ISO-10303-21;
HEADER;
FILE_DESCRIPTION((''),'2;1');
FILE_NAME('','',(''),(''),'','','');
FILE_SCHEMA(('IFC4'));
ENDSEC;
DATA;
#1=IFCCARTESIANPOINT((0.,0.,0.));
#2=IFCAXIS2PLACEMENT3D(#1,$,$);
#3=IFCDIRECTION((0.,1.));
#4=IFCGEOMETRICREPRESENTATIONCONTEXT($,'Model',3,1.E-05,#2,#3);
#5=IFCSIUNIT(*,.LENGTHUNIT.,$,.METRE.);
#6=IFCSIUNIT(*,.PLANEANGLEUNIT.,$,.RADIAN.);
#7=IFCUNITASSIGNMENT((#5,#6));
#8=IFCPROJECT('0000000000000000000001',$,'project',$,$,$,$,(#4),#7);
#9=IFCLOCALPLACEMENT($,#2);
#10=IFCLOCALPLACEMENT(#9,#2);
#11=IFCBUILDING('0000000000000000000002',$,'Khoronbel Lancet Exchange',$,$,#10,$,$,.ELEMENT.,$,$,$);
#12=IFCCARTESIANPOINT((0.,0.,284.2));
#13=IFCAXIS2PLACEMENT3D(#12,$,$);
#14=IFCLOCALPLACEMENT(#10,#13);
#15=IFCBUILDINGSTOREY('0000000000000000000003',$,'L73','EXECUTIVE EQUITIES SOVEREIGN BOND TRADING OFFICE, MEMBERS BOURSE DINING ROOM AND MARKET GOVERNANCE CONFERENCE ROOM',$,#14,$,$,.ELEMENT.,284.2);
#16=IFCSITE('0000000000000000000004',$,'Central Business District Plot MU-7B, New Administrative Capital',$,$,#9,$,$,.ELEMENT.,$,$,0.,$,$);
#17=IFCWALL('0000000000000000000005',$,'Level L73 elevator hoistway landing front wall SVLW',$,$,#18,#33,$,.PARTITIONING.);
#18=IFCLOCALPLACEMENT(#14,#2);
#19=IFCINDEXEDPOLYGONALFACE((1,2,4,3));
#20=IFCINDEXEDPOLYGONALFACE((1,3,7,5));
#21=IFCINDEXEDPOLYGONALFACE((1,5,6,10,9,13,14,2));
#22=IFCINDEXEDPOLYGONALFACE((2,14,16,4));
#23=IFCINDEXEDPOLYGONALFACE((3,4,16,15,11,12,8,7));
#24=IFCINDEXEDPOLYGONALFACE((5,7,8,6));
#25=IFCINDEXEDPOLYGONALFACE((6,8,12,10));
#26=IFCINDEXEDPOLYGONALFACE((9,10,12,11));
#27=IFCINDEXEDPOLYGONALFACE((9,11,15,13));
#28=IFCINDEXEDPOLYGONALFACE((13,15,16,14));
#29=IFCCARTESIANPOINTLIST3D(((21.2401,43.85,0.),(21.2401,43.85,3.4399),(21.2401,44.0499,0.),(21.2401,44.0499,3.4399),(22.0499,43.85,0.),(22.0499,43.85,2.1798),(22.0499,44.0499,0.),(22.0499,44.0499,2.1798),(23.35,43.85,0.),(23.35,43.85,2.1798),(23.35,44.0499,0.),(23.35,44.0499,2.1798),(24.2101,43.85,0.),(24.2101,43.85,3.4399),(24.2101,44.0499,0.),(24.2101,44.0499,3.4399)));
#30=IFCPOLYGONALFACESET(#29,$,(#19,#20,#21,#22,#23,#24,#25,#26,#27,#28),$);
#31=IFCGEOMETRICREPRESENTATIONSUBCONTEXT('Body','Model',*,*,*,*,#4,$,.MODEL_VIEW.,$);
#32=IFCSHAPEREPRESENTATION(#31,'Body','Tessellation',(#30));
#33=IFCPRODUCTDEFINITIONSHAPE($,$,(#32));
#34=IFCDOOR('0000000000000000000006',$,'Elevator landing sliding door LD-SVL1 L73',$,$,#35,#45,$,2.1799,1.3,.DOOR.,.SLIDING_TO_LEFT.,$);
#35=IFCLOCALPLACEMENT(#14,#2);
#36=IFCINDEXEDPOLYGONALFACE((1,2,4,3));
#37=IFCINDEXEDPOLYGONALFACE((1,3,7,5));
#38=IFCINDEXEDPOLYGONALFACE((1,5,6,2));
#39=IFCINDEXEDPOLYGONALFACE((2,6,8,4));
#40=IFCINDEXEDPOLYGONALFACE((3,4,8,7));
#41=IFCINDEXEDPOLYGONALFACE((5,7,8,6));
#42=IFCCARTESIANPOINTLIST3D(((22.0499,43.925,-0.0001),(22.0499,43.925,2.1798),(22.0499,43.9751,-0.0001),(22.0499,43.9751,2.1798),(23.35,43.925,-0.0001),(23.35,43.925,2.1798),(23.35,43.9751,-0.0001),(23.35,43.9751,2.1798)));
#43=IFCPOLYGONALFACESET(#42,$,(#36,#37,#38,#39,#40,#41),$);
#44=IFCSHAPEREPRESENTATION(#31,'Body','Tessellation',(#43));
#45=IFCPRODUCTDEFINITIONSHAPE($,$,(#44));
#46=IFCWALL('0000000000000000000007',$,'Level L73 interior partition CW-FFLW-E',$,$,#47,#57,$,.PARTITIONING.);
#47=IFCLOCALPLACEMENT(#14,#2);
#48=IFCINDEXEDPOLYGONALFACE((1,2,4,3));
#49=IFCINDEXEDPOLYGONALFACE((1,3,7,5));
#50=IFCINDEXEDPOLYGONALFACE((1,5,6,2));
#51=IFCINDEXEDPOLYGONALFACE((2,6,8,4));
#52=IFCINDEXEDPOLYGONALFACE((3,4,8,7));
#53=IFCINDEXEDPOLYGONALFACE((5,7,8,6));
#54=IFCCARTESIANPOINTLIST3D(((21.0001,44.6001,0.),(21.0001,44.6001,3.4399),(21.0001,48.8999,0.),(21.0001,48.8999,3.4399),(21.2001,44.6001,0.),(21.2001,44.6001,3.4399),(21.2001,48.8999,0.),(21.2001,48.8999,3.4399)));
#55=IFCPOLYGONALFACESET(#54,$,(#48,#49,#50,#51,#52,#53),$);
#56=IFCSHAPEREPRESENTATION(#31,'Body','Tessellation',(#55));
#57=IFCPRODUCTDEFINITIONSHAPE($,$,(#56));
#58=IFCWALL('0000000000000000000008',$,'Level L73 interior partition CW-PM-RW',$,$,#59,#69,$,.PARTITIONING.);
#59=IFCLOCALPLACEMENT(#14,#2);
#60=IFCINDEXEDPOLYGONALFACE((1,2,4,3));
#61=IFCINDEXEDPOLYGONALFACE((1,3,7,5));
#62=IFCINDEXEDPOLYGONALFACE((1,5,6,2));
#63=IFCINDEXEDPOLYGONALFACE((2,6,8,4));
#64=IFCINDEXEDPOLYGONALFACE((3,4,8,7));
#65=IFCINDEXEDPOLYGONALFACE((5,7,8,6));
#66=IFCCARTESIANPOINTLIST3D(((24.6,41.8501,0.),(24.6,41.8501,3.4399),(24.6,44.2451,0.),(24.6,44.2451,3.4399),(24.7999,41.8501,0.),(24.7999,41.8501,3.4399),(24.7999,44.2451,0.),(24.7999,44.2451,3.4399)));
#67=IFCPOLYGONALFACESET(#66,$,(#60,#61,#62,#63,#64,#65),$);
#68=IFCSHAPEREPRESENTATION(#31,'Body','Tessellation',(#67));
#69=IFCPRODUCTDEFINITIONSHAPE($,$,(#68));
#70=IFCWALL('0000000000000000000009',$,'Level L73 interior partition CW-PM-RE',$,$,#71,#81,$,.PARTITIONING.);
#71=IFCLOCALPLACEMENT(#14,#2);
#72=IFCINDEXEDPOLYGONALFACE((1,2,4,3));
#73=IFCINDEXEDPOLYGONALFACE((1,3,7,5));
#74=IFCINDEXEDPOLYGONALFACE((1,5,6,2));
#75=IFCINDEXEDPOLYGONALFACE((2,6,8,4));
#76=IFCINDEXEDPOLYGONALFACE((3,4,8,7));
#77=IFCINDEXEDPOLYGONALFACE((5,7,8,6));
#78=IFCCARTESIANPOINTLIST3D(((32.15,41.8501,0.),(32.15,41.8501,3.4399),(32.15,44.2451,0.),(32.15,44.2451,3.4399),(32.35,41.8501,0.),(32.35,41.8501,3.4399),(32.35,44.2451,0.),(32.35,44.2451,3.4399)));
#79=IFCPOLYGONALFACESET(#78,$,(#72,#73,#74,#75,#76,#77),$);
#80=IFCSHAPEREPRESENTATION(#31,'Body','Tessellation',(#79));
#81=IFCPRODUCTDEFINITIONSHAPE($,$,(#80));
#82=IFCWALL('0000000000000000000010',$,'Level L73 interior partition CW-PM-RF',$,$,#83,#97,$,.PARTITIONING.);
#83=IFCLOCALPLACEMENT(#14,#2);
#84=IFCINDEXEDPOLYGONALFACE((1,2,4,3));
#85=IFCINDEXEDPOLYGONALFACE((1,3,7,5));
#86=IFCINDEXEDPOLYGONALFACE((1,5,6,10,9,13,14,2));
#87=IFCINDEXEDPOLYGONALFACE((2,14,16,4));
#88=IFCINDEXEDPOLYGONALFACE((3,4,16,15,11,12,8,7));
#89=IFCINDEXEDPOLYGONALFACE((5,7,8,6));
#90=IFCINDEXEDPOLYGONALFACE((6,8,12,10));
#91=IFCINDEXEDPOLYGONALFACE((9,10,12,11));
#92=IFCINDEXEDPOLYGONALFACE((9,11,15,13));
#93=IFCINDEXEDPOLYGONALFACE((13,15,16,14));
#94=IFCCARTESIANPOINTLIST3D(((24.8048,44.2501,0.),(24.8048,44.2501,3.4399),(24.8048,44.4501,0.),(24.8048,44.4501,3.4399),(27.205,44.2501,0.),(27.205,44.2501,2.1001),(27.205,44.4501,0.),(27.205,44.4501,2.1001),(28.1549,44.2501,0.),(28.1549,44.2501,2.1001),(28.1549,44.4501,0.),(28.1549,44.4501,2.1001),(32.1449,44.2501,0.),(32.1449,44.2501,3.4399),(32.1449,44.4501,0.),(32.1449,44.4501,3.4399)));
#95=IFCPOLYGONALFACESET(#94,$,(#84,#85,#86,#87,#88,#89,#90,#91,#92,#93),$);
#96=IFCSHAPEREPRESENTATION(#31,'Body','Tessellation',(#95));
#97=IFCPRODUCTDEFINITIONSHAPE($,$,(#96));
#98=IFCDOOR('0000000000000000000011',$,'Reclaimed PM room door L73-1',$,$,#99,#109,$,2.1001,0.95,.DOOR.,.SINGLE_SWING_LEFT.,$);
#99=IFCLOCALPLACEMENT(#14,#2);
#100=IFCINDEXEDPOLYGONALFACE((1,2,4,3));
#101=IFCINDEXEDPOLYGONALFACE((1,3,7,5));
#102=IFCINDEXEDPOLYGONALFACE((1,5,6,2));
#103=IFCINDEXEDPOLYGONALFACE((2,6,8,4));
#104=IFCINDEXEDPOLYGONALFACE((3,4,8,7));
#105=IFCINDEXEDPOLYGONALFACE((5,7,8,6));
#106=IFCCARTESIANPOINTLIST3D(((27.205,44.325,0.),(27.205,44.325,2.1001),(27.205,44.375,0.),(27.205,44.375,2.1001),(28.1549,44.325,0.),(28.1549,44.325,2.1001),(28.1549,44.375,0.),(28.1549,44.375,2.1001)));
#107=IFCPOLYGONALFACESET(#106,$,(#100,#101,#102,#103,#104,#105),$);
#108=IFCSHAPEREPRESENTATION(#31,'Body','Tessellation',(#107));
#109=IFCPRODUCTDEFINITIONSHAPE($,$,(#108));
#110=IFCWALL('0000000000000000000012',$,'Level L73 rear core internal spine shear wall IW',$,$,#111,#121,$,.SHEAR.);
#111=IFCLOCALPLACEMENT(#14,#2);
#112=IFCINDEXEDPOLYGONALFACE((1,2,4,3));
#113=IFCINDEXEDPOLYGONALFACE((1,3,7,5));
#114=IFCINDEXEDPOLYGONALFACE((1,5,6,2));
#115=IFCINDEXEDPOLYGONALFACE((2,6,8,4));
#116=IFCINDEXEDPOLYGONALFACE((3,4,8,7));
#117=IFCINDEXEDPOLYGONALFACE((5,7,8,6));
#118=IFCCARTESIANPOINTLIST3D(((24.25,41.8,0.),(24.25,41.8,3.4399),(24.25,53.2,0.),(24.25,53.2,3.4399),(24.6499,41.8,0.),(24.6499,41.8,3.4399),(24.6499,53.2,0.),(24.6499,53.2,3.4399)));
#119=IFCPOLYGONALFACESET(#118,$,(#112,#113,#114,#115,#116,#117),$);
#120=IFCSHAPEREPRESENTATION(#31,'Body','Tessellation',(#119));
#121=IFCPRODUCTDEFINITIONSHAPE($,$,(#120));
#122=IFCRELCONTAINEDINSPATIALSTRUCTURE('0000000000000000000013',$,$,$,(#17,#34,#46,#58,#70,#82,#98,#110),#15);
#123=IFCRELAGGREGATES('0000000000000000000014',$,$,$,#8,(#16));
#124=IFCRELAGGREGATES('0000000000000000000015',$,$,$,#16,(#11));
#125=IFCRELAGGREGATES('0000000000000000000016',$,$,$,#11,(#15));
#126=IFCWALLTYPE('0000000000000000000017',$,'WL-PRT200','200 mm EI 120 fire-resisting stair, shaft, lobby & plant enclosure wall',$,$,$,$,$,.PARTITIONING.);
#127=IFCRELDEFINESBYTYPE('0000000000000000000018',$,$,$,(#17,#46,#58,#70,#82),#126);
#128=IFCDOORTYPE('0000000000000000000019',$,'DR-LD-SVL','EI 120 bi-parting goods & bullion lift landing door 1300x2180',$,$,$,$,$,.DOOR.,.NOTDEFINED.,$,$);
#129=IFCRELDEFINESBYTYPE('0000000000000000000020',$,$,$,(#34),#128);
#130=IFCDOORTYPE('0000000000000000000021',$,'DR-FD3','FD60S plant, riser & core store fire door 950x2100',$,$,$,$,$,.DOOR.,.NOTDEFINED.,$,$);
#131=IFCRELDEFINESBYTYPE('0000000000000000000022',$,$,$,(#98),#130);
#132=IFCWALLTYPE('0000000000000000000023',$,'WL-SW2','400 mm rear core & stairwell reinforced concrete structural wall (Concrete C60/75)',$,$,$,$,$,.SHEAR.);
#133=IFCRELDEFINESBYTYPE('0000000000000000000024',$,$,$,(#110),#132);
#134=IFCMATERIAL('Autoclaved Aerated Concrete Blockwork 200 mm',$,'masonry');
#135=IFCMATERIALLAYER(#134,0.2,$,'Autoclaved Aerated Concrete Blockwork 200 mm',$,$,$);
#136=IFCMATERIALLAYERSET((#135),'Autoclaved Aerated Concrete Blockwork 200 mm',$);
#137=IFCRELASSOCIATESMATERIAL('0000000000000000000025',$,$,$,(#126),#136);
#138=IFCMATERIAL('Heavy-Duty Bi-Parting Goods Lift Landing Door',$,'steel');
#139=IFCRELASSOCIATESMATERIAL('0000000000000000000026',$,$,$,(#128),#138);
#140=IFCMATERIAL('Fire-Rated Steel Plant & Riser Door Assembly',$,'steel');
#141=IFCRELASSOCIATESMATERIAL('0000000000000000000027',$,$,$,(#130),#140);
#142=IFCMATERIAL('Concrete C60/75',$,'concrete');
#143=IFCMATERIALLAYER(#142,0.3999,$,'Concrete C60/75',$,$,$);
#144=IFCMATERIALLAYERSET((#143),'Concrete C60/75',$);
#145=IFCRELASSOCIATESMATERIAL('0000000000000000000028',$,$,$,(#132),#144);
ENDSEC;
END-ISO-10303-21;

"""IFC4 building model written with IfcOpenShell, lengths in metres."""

from ifc_helpers import new_model, si_unit, direction, frame, frame_2d, origin, place, context, subcontext, project, spatial, rectangle, extrude, material, layer, layer_set, type_object, element, fill, save


model = new_model("IFC4")

# Units and contexts
model_context = context("Model", 3, precision=1e-05, world=origin(), true_north=direction((0.0, 1.0)))
body_context = subcontext(model_context, "Body", "Model", "MODEL_VIEW")
ifc_project = project(units=[si_unit("LENGTHUNIT", "METRE"), si_unit("PLANEANGLEUNIT", "RADIAN")], contexts=[model_context])

# Site, building, storey
site_placement = place(None, origin())
site = spatial("IfcSite", under=ifc_project, at=site_placement, Name="Central Business District Plot MU-7B, New Administrative Capital", CompositionType="ELEMENT", RefElevation=0.0)
building_placement = place(site_placement, origin())
building = spatial("IfcBuilding", under=site, at=building_placement, Name="Khoronbel Lancet Exchange", CompositionType="ELEMENT")
storey_placement = place(building_placement, frame((0.0, 0.0, 284.2)))
storey = spatial("IfcBuildingStorey", under=building, at=storey_placement, Name="L73", Description="EXECUTIVE EQUITIES SOVEREIGN BOND TRADING OFFICE, MEMBERS BOURSE DINING ROOM AND MARKET GOVERNANCE CONFERENCE ROOM", CompositionType="ELEMENT", Elevation=284.2)

# Shared definitions
ifc_material_1 = material(Name="Concrete C60/75", Category="concrete")

# Wall, opening, door
ifc_material_2 = material(Name="Autoclaved Aerated Concrete Blockwork 200 mm", Category="masonry")
ifc_layer_1 = layer(ifc_material_2, 0.2, Name="Autoclaved Aerated Concrete Blockwork 200 mm")
ifc_layer_set_1 = layer_set([ifc_layer_1], Name="Autoclaved Aerated Concrete Blockwork 200 mm")
wall_type_1 = type_object("IfcWallType", Name="WL-PRT200", Description="200 mm EI 120 fire-resisting stair, shaft, lobby & plant enclosure wall", PredefinedType="PARTITIONING", material=ifc_layer_set_1)
wall_1_placement = place(storey_placement, frame((24.21, 43.95, 0.0), z_axis=(0.0, 0.0, 1.0), x_axis=(-1.0, 0.0, 0.0)))
wall_1 = element("IfcWall", 1, at=wall_1_placement, inside=storey, type_object=wall_type_1, Name="Level L73 elevator hoistway landing front wall SVLW", PredefinedType="PARTITIONING", context=body_context, shape_type="SweptSolid", body=[
    extrude(rectangle(XDim=2.97, YDim=0.2, at=frame_2d((1.4849, 0.0))), origin(), (0.0, 0.0, 1.0), 3.4399),
])
opening_1_placement = place(wall_1_placement, frame((0.8601, 0.0, 0.0)))
opening_1 = element("IfcOpeningElement", 2, at=opening_1_placement, cuts=wall_1, PredefinedType="OPENING", context=body_context, shape_type="SweptSolid", body=[
    extrude(rectangle(XDim=1.3, YDim=2.1799, at=frame_2d((0.6499, 1.0898))), frame((0.0, 0.1099, 0.0), z_axis=(0.0, -1.0, 0.0), x_axis=(1.0, 0.0, 0.0)), (0.0, 0.0, 1.0), 0.22),
])
ifc_material_3 = material(Name="Heavy-Duty Bi-Parting Goods Lift Landing Door", Category="steel")
door_type_1 = type_object("IfcDoorType", Name="DR-LD-SVL", Description="EI 120 bi-parting goods & bullion lift landing door 1300x2180", OperationType="NOTDEFINED", PredefinedType="DOOR", material=ifc_material_3)
door_1_placement = place(opening_1_placement, origin())
door_1 = element("IfcDoor", 3, at=door_1_placement, inside=storey, type_object=door_type_1, Name="Elevator landing sliding door LD-SVL1 L73", OperationType="SLIDING_TO_LEFT", OverallHeight=2.1799, OverallWidth=1.3, PredefinedType="DOOR", context=body_context, shape_type="SweptSolid", body=[
    extrude(rectangle(XDim=1.3, YDim=2.1799, at=frame_2d((0.6499, 1.0898))), frame((0.0, 0.0249, 0.0), z_axis=(0.0, -1.0, 0.0), x_axis=(1.0, 0.0, 0.0)), (0.0, 0.0, 1.0), 0.05),
])
fill(opening_1, door_1)

# Wall
wall_2_placement = place(storey_placement, frame((21.1001, 44.6001, 0.0), z_axis=(0.0, 0.0, 1.0), x_axis=(0.0, 1.0, 0.0)))
element("IfcWall", 4, at=wall_2_placement, inside=storey, type_object=wall_type_1, Name="Level L73 interior partition CW-FFLW-E", PredefinedType="PARTITIONING", context=body_context, shape_type="SweptSolid", body=[
    extrude(rectangle(XDim=4.2998, YDim=0.2, at=frame_2d((2.1499, 0.0))), origin(), (0.0, 0.0, 1.0), 3.4399),
])

# Walls
for number, where, z_axis, x_axis, name in (
    (5, (24.7, 41.8501, 0.0), (0.0, 0.0, 1.0), (0.0, 1.0, 0.0), "Level L73 interior partition CW-PM-RW"),
    (6, (32.25, 41.8501, 0.0), (0.0, 0.0, 1.0), (0.0, 1.0, 0.0), "Level L73 interior partition CW-PM-RE"),
):
    element("IfcWall", number, at=place(storey_placement, frame(where, z_axis=z_axis, x_axis=x_axis)), inside=storey, type_object=wall_type_1, Name=name, PredefinedType="PARTITIONING", context=body_context, shape_type="SweptSolid", body=[
        extrude(rectangle(XDim=2.395, YDim=0.2, at=frame_2d((1.1975, 0.0))), origin(), (0.0, 0.0, 1.0), 3.4399),
    ])

# Wall, opening, door
wall_3_placement = place(storey_placement, frame((24.8049, 44.3501, 0.0), z_axis=(0.0, 0.0, 1.0), x_axis=(1.0, 0.0, 0.0)))
wall_3 = element("IfcWall", 7, at=wall_3_placement, inside=storey, type_object=wall_type_1, Name="Level L73 interior partition CW-PM-RF", PredefinedType="PARTITIONING", context=body_context, shape_type="SweptSolid", body=[
    extrude(rectangle(XDim=7.3401, YDim=0.2, at=frame_2d((3.6699, 0.0))), origin(), (0.0, 0.0, 1.0), 3.4399),
])
opening_2_placement = place(wall_3_placement, frame((2.3999, 0.0, 0.0)))
opening_2 = element("IfcOpeningElement", 8, at=opening_2_placement, cuts=wall_3, PredefinedType="OPENING", context=body_context, shape_type="SweptSolid", body=[
    extrude(rectangle(XDim=0.95, YDim=2.1001, at=frame_2d((0.4751, 1.05))), frame((0.0, 0.1099, 0.0), z_axis=(0.0, -1.0, 0.0), x_axis=(1.0, 0.0, 0.0)), (0.0, 0.0, 1.0), 0.22),
])
ifc_material_4 = material(Name="Fire-Rated Steel Plant & Riser Door Assembly", Category="steel")
door_type_2 = type_object("IfcDoorType", Name="DR-FD3", Description="FD60S plant, riser & core store fire door 950x2100", OperationType="NOTDEFINED", PredefinedType="DOOR", material=ifc_material_4)
door_2_placement = place(opening_2_placement, origin())
door_2 = element("IfcDoor", 9, at=door_2_placement, inside=storey, type_object=door_type_2, Name="Reclaimed PM room door L73-1", OperationType="SINGLE_SWING_LEFT", OverallHeight=2.1001, OverallWidth=0.95, PredefinedType="DOOR", context=body_context, shape_type="SweptSolid", body=[
    extrude(rectangle(XDim=0.95, YDim=2.1001, at=frame_2d((0.4751, 1.05))), frame((0.0, 0.0249, 0.0), z_axis=(0.0, -1.0, 0.0), x_axis=(1.0, 0.0, 0.0)), (0.0, 0.0, 1.0), 0.05),
])
fill(opening_2, door_2)

# Wall
ifc_layer_2 = layer(ifc_material_1, 0.3999, Name="Concrete C60/75")
ifc_layer_set_2 = layer_set([ifc_layer_2], Name="Concrete C60/75")
wall_type_2 = type_object("IfcWallType", Name="WL-SW2", Description="400 mm rear core & stairwell reinforced concrete structural wall (Concrete C60/75)", PredefinedType="SHEAR", material=ifc_layer_set_2)
wall_4_placement = place(storey_placement, frame((24.45, 41.8, 0.0), z_axis=(0.0, 0.0, 1.0), x_axis=(0.0, 1.0, 0.0)))
element("IfcWall", 10, at=wall_4_placement, inside=storey, type_object=wall_type_2, Name="Level L73 rear core internal spine shear wall IW", PredefinedType="SHEAR", context=body_context, shape_type="SweptSolid", body=[
    extrude(rectangle(XDim=11.3999, YDim=0.3999, at=frame_2d((5.7, 0.0))), origin(), (0.0, 0.0, 1.0), 3.4399),
])

save(model, "model.ifc")
